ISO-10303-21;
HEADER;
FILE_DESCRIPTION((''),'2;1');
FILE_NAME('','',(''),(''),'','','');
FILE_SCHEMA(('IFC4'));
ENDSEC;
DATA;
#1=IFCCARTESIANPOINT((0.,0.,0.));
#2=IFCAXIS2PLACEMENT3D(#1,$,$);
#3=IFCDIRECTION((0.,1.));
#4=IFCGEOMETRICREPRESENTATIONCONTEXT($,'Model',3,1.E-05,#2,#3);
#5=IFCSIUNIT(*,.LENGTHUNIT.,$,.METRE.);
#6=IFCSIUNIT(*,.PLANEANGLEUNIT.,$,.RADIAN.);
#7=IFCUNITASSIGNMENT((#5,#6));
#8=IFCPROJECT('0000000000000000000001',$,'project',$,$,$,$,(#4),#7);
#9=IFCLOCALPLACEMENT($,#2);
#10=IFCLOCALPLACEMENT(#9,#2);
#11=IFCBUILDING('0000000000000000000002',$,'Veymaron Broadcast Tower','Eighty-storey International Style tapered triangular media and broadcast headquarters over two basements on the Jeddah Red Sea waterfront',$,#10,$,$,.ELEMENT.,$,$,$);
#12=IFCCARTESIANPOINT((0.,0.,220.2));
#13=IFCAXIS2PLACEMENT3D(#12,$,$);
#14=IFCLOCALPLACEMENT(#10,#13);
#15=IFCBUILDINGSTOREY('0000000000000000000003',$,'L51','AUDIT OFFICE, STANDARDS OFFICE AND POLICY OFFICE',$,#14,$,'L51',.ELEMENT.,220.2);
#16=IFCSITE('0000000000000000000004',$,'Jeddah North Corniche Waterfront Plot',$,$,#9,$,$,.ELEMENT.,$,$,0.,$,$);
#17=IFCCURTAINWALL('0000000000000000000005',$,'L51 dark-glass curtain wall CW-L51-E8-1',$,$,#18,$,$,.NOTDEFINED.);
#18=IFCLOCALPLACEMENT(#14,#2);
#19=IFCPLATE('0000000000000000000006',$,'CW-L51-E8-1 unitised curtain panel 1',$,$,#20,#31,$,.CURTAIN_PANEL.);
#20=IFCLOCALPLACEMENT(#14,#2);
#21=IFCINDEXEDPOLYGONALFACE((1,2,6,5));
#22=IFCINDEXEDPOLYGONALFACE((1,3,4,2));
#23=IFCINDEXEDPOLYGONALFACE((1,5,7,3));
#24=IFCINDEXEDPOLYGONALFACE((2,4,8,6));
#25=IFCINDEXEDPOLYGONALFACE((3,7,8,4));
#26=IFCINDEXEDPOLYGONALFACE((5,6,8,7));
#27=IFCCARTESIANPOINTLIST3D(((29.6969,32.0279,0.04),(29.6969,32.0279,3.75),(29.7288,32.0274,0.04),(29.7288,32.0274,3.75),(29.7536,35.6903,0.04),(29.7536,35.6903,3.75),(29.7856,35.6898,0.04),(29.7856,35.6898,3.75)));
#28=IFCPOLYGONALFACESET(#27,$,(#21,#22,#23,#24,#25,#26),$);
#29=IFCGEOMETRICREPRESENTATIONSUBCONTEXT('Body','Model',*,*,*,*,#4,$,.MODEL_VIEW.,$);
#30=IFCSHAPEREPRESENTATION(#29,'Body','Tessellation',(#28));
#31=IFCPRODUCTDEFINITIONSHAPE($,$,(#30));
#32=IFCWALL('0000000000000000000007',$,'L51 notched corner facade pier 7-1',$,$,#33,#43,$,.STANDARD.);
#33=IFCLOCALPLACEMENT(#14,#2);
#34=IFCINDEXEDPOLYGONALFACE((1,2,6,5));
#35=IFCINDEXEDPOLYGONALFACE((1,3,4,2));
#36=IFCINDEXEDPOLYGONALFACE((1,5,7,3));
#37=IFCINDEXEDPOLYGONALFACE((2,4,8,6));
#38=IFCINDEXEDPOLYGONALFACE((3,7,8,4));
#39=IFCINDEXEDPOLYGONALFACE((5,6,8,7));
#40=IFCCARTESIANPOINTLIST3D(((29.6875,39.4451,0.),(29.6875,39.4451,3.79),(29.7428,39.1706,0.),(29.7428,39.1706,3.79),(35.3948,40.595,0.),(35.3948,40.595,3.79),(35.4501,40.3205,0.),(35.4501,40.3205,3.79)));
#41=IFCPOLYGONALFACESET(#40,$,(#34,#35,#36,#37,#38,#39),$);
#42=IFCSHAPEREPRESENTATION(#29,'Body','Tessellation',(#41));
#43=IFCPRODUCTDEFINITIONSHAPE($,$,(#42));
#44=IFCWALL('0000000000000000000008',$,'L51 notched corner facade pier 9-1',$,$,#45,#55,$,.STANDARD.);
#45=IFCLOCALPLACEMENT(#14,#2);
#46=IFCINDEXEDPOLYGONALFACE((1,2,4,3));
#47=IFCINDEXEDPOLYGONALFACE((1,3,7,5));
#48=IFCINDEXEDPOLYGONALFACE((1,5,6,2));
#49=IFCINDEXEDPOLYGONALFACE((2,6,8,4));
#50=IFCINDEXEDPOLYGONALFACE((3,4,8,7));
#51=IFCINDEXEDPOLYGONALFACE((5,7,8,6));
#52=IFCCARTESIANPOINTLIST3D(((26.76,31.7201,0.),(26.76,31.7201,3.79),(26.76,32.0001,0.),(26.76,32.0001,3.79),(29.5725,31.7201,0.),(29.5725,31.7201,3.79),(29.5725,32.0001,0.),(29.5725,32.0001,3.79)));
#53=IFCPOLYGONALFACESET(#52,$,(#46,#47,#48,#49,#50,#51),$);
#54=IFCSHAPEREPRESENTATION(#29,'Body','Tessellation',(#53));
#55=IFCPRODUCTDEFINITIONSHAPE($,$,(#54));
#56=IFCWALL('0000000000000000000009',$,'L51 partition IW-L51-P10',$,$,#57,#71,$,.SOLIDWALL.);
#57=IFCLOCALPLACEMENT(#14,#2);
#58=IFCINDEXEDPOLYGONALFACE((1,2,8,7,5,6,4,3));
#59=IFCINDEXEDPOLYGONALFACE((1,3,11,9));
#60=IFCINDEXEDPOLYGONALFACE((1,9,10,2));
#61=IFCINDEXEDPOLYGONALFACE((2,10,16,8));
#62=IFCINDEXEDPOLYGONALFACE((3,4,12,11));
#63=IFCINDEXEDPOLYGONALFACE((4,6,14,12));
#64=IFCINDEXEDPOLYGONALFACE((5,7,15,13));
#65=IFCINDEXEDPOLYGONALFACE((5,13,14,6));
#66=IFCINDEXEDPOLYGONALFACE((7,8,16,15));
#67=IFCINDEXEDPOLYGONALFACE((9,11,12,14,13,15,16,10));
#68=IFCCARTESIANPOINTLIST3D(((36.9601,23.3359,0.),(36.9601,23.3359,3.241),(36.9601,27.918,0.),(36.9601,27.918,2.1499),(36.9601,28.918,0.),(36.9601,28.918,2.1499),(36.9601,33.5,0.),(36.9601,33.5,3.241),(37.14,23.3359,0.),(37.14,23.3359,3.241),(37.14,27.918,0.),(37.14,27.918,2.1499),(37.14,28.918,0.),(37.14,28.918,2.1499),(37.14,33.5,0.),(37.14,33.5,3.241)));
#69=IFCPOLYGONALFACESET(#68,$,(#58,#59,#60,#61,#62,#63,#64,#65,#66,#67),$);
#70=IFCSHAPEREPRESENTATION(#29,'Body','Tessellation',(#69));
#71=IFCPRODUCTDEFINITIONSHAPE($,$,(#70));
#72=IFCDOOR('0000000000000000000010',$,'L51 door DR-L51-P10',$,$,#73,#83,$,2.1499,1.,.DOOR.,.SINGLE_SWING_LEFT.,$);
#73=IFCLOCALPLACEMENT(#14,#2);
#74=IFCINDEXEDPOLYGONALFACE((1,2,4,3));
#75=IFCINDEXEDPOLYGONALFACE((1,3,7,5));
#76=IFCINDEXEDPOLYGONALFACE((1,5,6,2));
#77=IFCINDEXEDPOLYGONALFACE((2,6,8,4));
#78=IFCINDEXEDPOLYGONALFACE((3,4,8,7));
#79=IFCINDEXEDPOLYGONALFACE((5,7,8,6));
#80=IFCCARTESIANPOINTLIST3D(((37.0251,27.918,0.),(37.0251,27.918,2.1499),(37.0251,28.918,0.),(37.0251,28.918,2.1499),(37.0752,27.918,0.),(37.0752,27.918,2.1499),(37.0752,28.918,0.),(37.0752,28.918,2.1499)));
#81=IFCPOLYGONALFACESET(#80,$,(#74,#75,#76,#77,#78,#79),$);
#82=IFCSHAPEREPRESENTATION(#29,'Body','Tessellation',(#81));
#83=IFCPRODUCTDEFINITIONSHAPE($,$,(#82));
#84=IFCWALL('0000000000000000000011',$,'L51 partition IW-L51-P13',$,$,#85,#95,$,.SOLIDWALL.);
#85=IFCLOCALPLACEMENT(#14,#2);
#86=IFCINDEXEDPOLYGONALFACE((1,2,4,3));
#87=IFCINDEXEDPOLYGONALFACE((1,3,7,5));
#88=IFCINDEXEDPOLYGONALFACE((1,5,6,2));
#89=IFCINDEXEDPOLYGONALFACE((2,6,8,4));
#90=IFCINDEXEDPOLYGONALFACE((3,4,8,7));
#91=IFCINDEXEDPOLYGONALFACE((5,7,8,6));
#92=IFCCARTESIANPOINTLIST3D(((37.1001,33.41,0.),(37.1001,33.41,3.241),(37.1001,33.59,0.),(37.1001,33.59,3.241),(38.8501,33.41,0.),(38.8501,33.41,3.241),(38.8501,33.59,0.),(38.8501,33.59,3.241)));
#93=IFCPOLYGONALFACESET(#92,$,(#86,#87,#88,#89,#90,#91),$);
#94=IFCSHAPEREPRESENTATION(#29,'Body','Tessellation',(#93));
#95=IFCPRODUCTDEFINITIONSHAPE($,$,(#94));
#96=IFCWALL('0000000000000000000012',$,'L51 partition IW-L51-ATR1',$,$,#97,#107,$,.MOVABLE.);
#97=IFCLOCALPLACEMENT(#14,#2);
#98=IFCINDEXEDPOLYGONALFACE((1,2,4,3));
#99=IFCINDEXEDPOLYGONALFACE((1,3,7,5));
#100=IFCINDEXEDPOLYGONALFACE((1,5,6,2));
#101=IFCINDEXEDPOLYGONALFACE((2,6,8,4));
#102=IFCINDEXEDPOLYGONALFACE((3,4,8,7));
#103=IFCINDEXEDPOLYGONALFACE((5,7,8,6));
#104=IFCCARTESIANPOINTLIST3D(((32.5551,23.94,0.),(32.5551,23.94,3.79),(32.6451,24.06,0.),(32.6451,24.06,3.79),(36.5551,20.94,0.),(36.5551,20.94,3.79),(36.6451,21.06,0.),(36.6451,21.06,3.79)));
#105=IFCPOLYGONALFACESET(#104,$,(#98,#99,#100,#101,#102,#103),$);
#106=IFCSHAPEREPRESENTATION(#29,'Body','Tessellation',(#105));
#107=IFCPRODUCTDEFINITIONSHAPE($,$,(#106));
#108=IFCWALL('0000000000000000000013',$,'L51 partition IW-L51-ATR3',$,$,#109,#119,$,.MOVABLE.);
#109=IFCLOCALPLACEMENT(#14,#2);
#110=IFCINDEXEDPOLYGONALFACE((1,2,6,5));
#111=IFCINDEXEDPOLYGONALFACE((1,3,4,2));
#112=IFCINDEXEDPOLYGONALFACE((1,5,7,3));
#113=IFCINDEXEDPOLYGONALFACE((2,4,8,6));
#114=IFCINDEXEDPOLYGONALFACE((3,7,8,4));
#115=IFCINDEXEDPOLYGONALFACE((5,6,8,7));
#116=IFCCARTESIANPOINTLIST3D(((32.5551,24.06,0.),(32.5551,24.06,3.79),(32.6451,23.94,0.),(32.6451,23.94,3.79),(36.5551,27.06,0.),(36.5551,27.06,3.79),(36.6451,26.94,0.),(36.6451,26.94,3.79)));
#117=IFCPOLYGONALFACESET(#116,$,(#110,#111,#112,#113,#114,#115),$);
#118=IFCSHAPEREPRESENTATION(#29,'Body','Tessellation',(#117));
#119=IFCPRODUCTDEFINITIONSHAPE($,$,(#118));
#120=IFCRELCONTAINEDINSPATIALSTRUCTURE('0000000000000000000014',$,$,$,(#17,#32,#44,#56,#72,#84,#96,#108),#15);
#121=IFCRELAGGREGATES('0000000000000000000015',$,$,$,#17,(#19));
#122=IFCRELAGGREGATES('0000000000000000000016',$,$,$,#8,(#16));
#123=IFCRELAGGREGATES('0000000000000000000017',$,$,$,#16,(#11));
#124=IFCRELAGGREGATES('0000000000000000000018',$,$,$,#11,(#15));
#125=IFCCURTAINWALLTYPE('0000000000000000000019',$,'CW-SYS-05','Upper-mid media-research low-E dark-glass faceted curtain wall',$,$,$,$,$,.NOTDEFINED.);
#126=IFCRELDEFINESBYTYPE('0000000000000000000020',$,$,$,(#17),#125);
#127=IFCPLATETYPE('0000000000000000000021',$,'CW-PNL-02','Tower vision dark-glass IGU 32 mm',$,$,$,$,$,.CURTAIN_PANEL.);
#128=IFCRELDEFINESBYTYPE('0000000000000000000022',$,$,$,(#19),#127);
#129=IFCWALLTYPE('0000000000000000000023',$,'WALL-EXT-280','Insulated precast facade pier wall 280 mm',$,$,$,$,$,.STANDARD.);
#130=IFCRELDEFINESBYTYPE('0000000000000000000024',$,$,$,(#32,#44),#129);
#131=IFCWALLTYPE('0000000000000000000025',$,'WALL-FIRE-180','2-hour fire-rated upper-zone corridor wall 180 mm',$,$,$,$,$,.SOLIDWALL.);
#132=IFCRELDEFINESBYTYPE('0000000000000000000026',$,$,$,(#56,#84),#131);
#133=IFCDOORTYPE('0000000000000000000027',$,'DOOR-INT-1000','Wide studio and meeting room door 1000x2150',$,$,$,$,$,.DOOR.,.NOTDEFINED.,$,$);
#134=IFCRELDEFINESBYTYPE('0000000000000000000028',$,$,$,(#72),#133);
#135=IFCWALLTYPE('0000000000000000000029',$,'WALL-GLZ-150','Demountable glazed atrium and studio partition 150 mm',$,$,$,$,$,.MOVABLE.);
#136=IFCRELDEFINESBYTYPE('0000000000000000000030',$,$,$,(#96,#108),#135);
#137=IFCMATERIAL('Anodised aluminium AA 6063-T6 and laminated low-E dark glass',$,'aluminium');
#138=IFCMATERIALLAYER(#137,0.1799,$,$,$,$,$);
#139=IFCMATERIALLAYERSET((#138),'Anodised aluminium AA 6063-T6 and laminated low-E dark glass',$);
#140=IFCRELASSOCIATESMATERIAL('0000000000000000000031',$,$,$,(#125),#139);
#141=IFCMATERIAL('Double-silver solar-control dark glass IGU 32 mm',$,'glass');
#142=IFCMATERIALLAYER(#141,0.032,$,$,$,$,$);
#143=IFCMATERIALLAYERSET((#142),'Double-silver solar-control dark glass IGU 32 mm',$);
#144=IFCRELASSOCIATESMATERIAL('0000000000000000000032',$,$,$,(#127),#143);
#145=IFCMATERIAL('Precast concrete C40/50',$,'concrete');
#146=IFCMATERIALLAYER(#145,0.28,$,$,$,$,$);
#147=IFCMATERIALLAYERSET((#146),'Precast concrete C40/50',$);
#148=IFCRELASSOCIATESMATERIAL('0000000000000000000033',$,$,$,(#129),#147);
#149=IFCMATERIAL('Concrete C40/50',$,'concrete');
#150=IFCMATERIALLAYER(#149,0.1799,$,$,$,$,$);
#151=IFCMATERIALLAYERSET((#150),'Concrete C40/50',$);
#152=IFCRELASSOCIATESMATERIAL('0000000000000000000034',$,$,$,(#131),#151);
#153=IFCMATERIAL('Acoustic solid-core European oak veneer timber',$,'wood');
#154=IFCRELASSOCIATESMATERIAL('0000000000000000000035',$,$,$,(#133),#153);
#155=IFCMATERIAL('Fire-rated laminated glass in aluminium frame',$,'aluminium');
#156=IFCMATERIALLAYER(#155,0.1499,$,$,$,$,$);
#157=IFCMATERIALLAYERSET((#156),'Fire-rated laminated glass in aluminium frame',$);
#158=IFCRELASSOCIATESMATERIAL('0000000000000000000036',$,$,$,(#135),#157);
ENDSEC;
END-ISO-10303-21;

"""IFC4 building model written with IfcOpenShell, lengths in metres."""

from ifc_helpers import new_model, si_unit, direction, frame, frame_2d, origin, origin_2d, place, context, subcontext, project, spatial, rectangle, extrude, material, layer, layer_set, type_object, element, fill, aggregate, save


model = new_model("IFC4")

# Units and contexts
model_context = context("Model", 3, precision=1e-05, world=origin(), true_north=direction((0.0, 1.0)))
body_context = subcontext(model_context, "Body", "Model", "MODEL_VIEW")
ifc_project = project(units=[si_unit("LENGTHUNIT", "METRE"), si_unit("PLANEANGLEUNIT", "RADIAN")], contexts=[model_context])

# Site, building, storey
site_placement = place(None, origin())
site = spatial("IfcSite", under=ifc_project, at=site_placement, Name="Jeddah North Corniche Waterfront Plot", CompositionType="ELEMENT", RefElevation=0.0)
building_placement = place(site_placement, origin())
building = spatial("IfcBuilding", under=site, at=building_placement, Name="Veymaron Broadcast Tower", Description="Eighty-storey International Style tapered triangular media and broadcast headquarters over two basements on the Jeddah Red Sea waterfront", CompositionType="ELEMENT")
storey_placement = place(building_placement, frame((0.0, 0.0, 220.2)))
storey = spatial("IfcBuildingStorey", under=building, at=storey_placement, Name="L51", Description="AUDIT OFFICE, STANDARDS OFFICE AND POLICY OFFICE", LongName="L51", CompositionType="ELEMENT", Elevation=220.2)

# Curtain wall, plate
ifc_material_1 = material(Name="Anodised aluminium AA 6063-T6 and laminated low-E dark glass", Category="aluminium")
ifc_layer_1 = layer(ifc_material_1, 0.1799)
ifc_layer_set_1 = layer_set([ifc_layer_1], Name="Anodised aluminium AA 6063-T6 and laminated low-E dark glass")
curtain_wall_type = type_object("IfcCurtainWallType", Name="CW-SYS-05", Description="Upper-mid media-research low-E dark-glass faceted curtain wall", PredefinedType="NOTDEFINED", material=ifc_layer_set_1)
curtain_wall_placement = place(storey_placement, origin())
curtain_wall = element("IfcCurtainWall", 1, at=curtain_wall_placement, inside=storey, type_object=curtain_wall_type, Name="L51 dark-glass curtain wall CW-L51-E8-1", PredefinedType="NOTDEFINED")
ifc_material_2 = material(Name="Double-silver solar-control dark glass IGU 32 mm", Category="glass")
ifc_layer_2 = layer(ifc_material_2, 0.032)
ifc_layer_set_2 = layer_set([ifc_layer_2], Name="Double-silver solar-control dark glass IGU 32 mm")
plate_type = type_object("IfcPlateType", Name="CW-PNL-02", Description="Tower vision dark-glass IGU 32 mm", PredefinedType="CURTAIN_PANEL", material=ifc_layer_set_2)
plate_1_placement = place(storey_placement, frame((29.7412, 33.8589, 0.04), z_axis=(0.0, 0.0, 1.0), x_axis=(-0.01548, -0.99988, 0.0)))
plate_1 = element("IfcPlate", 2, at=plate_1_placement, type_object=plate_type, Name="CW-L51-E8-1 unitised curtain panel 1", PredefinedType="CURTAIN_PANEL", context=body_context, shape_type="SweptSolid", body=[
    extrude(rectangle(XDim=3.6628, YDim=0.032, at=origin_2d()), origin(), (0.0, 0.0, 1.0), 3.71),
])
aggregate(curtain_wall, [plate_1])

# Walls
ifc_material_3 = material(Name="Precast concrete C40/50", Category="concrete")
ifc_layer_3 = layer(ifc_material_3, 0.28)
ifc_layer_set_3 = layer_set([ifc_layer_3], Name="Precast concrete C40/50")
wall_type_1 = type_object("IfcWallType", Name="WALL-EXT-280", Description="Insulated precast facade pier wall 280 mm", PredefinedType="STANDARD", material=ifc_layer_set_3)
wall_1_placement = place(storey_placement, frame((35.4226, 40.4578, 0.0), z_axis=(0.0, 0.0, 1.0), x_axis=(-0.980301, -0.197511, 0.0)))
element("IfcWall", 3, at=wall_1_placement, inside=storey, type_object=wall_type_1, Name="L51 notched corner facade pier 7-1", PredefinedType="STANDARD", context=body_context, shape_type="SweptSolid", body=[
    extrude(rectangle(XDim=5.822, YDim=0.28, at=frame_2d((2.9111, 0.0))), origin(), (0.0, 0.0, 1.0), 3.79),
])
wall_2_placement = place(storey_placement, frame((29.5725, 31.8601, 0.0), z_axis=(0.0, 0.0, 1.0), x_axis=(-1.0, 0.0, 0.0)))
element("IfcWall", 4, at=wall_2_placement, inside=storey, type_object=wall_type_1, Name="L51 notched corner facade pier 9-1", PredefinedType="STANDARD", context=body_context, shape_type="SweptSolid", body=[
    extrude(rectangle(XDim=2.8125, YDim=0.28, at=frame_2d((1.4062, 0.0))), origin(), (0.0, 0.0, 1.0), 3.79),
])

# Wall, opening, door
ifc_material_4 = material(Name="Concrete C40/50", Category="concrete")
ifc_layer_4 = layer(ifc_material_4, 0.1799)
ifc_layer_set_4 = layer_set([ifc_layer_4], Name="Concrete C40/50")
wall_type_2 = type_object("IfcWallType", Name="WALL-FIRE-180", Description="2-hour fire-rated upper-zone corridor wall 180 mm", PredefinedType="SOLIDWALL", material=ifc_layer_set_4)
wall_3_placement = place(storey_placement, frame((37.05, 23.3359, 0.0), z_axis=(0.0, 0.0, 1.0), x_axis=(0.0, 1.0, 0.0)))
wall_3 = element("IfcWall", 5, at=wall_3_placement, inside=storey, type_object=wall_type_2, Name="L51 partition IW-L51-P10", PredefinedType="SOLIDWALL", context=body_context, shape_type="SweptSolid", body=[
    extrude(rectangle(XDim=10.1641, YDim=0.1799, at=frame_2d((5.082, 0.0))), origin(), (0.0, 0.0, 1.0), 3.241),
])
opening_placement = place(wall_3_placement, frame((4.582, 0.0, 0.0)))
opening = element("IfcOpeningElement", 6, at=opening_placement, cuts=wall_3, PredefinedType="OPENING", context=body_context, shape_type="SweptSolid", body=[
    extrude(rectangle(XDim=1.0, YDim=2.1499, at=frame_2d((0.5, 1.075))), frame((0.0, 0.1001, 0.0), z_axis=(0.0, -1.0, 0.0), x_axis=(1.0, 0.0, 0.0)), (0.0, 0.0, 1.0), 0.2),
])
ifc_material_5 = material(Name="Acoustic solid-core European oak veneer timber", Category="wood")
door_type = type_object("IfcDoorType", Name="DOOR-INT-1000", Description="Wide studio and meeting room door 1000x2150", OperationType="NOTDEFINED", PredefinedType="DOOR", material=ifc_material_5)
door_placement = place(opening_placement, origin())
door = element("IfcDoor", 7, at=door_placement, inside=storey, type_object=door_type, Name="L51 door DR-L51-P10", OperationType="SINGLE_SWING_LEFT", OverallHeight=2.1499, OverallWidth=1.0, PredefinedType="DOOR", context=body_context, shape_type="SweptSolid", body=[
    extrude(rectangle(XDim=1.0, YDim=2.1499, at=frame_2d((0.5, 1.075))), frame((0.0, 0.0249, 0.0), z_axis=(0.0, -1.0, 0.0), x_axis=(1.0, 0.0, 0.0)), (0.0, 0.0, 1.0), 0.05),
])
fill(opening, door)

# Walls
wall_4_placement = place(storey_placement, frame((37.1001, 33.5, 0.0), z_axis=(0.0, 0.0, 1.0), x_axis=(1.0, 0.0, 0.0)))
element("IfcWall", 8, at=wall_4_placement, inside=storey, type_object=wall_type_2, Name="L51 partition IW-L51-P13", PredefinedType="SOLIDWALL", context=body_context, shape_type="SweptSolid", body=[
    extrude(rectangle(XDim=1.75, YDim=0.1799, at=frame_2d((0.875, 0.0))), origin(), (0.0, 0.0, 1.0), 3.241),
])
ifc_material_6 = material(Name="Fire-rated laminated glass in aluminium frame", Category="aluminium")
ifc_layer_5 = layer(ifc_material_6, 0.1499)
ifc_layer_set_5 = layer_set([ifc_layer_5], Name="Fire-rated laminated glass in aluminium frame")
wall_type_3 = type_object("IfcWallType", Name="WALL-GLZ-150", Description="Demountable glazed atrium and studio partition 150 mm", PredefinedType="MOVABLE", material=ifc_layer_set_5)
for number, where, z_axis, x_axis, name in (
    (9, (32.6001, 24.0, 0.0), (0.0, 0.0, 1.0), (0.8, -0.6, 0.0), "L51 partition IW-L51-ATR1"),
    (10, (36.6001, 27.0, 0.0), (0.0, 0.0, 1.0), (-0.8, -0.6, 0.0), "L51 partition IW-L51-ATR3"),
):
    element("IfcWall", number, at=place(storey_placement, frame(where, z_axis=z_axis, x_axis=x_axis)), inside=storey, type_object=wall_type_3, Name=name, PredefinedType="MOVABLE", context=body_context, shape_type="SweptSolid", body=[
        extrude(rectangle(XDim=5.0, YDim=0.1499, at=frame_2d((2.5, 0.0))), origin(), (0.0, 0.0, 1.0), 3.79),
    ])

save(model, "model.ifc")
